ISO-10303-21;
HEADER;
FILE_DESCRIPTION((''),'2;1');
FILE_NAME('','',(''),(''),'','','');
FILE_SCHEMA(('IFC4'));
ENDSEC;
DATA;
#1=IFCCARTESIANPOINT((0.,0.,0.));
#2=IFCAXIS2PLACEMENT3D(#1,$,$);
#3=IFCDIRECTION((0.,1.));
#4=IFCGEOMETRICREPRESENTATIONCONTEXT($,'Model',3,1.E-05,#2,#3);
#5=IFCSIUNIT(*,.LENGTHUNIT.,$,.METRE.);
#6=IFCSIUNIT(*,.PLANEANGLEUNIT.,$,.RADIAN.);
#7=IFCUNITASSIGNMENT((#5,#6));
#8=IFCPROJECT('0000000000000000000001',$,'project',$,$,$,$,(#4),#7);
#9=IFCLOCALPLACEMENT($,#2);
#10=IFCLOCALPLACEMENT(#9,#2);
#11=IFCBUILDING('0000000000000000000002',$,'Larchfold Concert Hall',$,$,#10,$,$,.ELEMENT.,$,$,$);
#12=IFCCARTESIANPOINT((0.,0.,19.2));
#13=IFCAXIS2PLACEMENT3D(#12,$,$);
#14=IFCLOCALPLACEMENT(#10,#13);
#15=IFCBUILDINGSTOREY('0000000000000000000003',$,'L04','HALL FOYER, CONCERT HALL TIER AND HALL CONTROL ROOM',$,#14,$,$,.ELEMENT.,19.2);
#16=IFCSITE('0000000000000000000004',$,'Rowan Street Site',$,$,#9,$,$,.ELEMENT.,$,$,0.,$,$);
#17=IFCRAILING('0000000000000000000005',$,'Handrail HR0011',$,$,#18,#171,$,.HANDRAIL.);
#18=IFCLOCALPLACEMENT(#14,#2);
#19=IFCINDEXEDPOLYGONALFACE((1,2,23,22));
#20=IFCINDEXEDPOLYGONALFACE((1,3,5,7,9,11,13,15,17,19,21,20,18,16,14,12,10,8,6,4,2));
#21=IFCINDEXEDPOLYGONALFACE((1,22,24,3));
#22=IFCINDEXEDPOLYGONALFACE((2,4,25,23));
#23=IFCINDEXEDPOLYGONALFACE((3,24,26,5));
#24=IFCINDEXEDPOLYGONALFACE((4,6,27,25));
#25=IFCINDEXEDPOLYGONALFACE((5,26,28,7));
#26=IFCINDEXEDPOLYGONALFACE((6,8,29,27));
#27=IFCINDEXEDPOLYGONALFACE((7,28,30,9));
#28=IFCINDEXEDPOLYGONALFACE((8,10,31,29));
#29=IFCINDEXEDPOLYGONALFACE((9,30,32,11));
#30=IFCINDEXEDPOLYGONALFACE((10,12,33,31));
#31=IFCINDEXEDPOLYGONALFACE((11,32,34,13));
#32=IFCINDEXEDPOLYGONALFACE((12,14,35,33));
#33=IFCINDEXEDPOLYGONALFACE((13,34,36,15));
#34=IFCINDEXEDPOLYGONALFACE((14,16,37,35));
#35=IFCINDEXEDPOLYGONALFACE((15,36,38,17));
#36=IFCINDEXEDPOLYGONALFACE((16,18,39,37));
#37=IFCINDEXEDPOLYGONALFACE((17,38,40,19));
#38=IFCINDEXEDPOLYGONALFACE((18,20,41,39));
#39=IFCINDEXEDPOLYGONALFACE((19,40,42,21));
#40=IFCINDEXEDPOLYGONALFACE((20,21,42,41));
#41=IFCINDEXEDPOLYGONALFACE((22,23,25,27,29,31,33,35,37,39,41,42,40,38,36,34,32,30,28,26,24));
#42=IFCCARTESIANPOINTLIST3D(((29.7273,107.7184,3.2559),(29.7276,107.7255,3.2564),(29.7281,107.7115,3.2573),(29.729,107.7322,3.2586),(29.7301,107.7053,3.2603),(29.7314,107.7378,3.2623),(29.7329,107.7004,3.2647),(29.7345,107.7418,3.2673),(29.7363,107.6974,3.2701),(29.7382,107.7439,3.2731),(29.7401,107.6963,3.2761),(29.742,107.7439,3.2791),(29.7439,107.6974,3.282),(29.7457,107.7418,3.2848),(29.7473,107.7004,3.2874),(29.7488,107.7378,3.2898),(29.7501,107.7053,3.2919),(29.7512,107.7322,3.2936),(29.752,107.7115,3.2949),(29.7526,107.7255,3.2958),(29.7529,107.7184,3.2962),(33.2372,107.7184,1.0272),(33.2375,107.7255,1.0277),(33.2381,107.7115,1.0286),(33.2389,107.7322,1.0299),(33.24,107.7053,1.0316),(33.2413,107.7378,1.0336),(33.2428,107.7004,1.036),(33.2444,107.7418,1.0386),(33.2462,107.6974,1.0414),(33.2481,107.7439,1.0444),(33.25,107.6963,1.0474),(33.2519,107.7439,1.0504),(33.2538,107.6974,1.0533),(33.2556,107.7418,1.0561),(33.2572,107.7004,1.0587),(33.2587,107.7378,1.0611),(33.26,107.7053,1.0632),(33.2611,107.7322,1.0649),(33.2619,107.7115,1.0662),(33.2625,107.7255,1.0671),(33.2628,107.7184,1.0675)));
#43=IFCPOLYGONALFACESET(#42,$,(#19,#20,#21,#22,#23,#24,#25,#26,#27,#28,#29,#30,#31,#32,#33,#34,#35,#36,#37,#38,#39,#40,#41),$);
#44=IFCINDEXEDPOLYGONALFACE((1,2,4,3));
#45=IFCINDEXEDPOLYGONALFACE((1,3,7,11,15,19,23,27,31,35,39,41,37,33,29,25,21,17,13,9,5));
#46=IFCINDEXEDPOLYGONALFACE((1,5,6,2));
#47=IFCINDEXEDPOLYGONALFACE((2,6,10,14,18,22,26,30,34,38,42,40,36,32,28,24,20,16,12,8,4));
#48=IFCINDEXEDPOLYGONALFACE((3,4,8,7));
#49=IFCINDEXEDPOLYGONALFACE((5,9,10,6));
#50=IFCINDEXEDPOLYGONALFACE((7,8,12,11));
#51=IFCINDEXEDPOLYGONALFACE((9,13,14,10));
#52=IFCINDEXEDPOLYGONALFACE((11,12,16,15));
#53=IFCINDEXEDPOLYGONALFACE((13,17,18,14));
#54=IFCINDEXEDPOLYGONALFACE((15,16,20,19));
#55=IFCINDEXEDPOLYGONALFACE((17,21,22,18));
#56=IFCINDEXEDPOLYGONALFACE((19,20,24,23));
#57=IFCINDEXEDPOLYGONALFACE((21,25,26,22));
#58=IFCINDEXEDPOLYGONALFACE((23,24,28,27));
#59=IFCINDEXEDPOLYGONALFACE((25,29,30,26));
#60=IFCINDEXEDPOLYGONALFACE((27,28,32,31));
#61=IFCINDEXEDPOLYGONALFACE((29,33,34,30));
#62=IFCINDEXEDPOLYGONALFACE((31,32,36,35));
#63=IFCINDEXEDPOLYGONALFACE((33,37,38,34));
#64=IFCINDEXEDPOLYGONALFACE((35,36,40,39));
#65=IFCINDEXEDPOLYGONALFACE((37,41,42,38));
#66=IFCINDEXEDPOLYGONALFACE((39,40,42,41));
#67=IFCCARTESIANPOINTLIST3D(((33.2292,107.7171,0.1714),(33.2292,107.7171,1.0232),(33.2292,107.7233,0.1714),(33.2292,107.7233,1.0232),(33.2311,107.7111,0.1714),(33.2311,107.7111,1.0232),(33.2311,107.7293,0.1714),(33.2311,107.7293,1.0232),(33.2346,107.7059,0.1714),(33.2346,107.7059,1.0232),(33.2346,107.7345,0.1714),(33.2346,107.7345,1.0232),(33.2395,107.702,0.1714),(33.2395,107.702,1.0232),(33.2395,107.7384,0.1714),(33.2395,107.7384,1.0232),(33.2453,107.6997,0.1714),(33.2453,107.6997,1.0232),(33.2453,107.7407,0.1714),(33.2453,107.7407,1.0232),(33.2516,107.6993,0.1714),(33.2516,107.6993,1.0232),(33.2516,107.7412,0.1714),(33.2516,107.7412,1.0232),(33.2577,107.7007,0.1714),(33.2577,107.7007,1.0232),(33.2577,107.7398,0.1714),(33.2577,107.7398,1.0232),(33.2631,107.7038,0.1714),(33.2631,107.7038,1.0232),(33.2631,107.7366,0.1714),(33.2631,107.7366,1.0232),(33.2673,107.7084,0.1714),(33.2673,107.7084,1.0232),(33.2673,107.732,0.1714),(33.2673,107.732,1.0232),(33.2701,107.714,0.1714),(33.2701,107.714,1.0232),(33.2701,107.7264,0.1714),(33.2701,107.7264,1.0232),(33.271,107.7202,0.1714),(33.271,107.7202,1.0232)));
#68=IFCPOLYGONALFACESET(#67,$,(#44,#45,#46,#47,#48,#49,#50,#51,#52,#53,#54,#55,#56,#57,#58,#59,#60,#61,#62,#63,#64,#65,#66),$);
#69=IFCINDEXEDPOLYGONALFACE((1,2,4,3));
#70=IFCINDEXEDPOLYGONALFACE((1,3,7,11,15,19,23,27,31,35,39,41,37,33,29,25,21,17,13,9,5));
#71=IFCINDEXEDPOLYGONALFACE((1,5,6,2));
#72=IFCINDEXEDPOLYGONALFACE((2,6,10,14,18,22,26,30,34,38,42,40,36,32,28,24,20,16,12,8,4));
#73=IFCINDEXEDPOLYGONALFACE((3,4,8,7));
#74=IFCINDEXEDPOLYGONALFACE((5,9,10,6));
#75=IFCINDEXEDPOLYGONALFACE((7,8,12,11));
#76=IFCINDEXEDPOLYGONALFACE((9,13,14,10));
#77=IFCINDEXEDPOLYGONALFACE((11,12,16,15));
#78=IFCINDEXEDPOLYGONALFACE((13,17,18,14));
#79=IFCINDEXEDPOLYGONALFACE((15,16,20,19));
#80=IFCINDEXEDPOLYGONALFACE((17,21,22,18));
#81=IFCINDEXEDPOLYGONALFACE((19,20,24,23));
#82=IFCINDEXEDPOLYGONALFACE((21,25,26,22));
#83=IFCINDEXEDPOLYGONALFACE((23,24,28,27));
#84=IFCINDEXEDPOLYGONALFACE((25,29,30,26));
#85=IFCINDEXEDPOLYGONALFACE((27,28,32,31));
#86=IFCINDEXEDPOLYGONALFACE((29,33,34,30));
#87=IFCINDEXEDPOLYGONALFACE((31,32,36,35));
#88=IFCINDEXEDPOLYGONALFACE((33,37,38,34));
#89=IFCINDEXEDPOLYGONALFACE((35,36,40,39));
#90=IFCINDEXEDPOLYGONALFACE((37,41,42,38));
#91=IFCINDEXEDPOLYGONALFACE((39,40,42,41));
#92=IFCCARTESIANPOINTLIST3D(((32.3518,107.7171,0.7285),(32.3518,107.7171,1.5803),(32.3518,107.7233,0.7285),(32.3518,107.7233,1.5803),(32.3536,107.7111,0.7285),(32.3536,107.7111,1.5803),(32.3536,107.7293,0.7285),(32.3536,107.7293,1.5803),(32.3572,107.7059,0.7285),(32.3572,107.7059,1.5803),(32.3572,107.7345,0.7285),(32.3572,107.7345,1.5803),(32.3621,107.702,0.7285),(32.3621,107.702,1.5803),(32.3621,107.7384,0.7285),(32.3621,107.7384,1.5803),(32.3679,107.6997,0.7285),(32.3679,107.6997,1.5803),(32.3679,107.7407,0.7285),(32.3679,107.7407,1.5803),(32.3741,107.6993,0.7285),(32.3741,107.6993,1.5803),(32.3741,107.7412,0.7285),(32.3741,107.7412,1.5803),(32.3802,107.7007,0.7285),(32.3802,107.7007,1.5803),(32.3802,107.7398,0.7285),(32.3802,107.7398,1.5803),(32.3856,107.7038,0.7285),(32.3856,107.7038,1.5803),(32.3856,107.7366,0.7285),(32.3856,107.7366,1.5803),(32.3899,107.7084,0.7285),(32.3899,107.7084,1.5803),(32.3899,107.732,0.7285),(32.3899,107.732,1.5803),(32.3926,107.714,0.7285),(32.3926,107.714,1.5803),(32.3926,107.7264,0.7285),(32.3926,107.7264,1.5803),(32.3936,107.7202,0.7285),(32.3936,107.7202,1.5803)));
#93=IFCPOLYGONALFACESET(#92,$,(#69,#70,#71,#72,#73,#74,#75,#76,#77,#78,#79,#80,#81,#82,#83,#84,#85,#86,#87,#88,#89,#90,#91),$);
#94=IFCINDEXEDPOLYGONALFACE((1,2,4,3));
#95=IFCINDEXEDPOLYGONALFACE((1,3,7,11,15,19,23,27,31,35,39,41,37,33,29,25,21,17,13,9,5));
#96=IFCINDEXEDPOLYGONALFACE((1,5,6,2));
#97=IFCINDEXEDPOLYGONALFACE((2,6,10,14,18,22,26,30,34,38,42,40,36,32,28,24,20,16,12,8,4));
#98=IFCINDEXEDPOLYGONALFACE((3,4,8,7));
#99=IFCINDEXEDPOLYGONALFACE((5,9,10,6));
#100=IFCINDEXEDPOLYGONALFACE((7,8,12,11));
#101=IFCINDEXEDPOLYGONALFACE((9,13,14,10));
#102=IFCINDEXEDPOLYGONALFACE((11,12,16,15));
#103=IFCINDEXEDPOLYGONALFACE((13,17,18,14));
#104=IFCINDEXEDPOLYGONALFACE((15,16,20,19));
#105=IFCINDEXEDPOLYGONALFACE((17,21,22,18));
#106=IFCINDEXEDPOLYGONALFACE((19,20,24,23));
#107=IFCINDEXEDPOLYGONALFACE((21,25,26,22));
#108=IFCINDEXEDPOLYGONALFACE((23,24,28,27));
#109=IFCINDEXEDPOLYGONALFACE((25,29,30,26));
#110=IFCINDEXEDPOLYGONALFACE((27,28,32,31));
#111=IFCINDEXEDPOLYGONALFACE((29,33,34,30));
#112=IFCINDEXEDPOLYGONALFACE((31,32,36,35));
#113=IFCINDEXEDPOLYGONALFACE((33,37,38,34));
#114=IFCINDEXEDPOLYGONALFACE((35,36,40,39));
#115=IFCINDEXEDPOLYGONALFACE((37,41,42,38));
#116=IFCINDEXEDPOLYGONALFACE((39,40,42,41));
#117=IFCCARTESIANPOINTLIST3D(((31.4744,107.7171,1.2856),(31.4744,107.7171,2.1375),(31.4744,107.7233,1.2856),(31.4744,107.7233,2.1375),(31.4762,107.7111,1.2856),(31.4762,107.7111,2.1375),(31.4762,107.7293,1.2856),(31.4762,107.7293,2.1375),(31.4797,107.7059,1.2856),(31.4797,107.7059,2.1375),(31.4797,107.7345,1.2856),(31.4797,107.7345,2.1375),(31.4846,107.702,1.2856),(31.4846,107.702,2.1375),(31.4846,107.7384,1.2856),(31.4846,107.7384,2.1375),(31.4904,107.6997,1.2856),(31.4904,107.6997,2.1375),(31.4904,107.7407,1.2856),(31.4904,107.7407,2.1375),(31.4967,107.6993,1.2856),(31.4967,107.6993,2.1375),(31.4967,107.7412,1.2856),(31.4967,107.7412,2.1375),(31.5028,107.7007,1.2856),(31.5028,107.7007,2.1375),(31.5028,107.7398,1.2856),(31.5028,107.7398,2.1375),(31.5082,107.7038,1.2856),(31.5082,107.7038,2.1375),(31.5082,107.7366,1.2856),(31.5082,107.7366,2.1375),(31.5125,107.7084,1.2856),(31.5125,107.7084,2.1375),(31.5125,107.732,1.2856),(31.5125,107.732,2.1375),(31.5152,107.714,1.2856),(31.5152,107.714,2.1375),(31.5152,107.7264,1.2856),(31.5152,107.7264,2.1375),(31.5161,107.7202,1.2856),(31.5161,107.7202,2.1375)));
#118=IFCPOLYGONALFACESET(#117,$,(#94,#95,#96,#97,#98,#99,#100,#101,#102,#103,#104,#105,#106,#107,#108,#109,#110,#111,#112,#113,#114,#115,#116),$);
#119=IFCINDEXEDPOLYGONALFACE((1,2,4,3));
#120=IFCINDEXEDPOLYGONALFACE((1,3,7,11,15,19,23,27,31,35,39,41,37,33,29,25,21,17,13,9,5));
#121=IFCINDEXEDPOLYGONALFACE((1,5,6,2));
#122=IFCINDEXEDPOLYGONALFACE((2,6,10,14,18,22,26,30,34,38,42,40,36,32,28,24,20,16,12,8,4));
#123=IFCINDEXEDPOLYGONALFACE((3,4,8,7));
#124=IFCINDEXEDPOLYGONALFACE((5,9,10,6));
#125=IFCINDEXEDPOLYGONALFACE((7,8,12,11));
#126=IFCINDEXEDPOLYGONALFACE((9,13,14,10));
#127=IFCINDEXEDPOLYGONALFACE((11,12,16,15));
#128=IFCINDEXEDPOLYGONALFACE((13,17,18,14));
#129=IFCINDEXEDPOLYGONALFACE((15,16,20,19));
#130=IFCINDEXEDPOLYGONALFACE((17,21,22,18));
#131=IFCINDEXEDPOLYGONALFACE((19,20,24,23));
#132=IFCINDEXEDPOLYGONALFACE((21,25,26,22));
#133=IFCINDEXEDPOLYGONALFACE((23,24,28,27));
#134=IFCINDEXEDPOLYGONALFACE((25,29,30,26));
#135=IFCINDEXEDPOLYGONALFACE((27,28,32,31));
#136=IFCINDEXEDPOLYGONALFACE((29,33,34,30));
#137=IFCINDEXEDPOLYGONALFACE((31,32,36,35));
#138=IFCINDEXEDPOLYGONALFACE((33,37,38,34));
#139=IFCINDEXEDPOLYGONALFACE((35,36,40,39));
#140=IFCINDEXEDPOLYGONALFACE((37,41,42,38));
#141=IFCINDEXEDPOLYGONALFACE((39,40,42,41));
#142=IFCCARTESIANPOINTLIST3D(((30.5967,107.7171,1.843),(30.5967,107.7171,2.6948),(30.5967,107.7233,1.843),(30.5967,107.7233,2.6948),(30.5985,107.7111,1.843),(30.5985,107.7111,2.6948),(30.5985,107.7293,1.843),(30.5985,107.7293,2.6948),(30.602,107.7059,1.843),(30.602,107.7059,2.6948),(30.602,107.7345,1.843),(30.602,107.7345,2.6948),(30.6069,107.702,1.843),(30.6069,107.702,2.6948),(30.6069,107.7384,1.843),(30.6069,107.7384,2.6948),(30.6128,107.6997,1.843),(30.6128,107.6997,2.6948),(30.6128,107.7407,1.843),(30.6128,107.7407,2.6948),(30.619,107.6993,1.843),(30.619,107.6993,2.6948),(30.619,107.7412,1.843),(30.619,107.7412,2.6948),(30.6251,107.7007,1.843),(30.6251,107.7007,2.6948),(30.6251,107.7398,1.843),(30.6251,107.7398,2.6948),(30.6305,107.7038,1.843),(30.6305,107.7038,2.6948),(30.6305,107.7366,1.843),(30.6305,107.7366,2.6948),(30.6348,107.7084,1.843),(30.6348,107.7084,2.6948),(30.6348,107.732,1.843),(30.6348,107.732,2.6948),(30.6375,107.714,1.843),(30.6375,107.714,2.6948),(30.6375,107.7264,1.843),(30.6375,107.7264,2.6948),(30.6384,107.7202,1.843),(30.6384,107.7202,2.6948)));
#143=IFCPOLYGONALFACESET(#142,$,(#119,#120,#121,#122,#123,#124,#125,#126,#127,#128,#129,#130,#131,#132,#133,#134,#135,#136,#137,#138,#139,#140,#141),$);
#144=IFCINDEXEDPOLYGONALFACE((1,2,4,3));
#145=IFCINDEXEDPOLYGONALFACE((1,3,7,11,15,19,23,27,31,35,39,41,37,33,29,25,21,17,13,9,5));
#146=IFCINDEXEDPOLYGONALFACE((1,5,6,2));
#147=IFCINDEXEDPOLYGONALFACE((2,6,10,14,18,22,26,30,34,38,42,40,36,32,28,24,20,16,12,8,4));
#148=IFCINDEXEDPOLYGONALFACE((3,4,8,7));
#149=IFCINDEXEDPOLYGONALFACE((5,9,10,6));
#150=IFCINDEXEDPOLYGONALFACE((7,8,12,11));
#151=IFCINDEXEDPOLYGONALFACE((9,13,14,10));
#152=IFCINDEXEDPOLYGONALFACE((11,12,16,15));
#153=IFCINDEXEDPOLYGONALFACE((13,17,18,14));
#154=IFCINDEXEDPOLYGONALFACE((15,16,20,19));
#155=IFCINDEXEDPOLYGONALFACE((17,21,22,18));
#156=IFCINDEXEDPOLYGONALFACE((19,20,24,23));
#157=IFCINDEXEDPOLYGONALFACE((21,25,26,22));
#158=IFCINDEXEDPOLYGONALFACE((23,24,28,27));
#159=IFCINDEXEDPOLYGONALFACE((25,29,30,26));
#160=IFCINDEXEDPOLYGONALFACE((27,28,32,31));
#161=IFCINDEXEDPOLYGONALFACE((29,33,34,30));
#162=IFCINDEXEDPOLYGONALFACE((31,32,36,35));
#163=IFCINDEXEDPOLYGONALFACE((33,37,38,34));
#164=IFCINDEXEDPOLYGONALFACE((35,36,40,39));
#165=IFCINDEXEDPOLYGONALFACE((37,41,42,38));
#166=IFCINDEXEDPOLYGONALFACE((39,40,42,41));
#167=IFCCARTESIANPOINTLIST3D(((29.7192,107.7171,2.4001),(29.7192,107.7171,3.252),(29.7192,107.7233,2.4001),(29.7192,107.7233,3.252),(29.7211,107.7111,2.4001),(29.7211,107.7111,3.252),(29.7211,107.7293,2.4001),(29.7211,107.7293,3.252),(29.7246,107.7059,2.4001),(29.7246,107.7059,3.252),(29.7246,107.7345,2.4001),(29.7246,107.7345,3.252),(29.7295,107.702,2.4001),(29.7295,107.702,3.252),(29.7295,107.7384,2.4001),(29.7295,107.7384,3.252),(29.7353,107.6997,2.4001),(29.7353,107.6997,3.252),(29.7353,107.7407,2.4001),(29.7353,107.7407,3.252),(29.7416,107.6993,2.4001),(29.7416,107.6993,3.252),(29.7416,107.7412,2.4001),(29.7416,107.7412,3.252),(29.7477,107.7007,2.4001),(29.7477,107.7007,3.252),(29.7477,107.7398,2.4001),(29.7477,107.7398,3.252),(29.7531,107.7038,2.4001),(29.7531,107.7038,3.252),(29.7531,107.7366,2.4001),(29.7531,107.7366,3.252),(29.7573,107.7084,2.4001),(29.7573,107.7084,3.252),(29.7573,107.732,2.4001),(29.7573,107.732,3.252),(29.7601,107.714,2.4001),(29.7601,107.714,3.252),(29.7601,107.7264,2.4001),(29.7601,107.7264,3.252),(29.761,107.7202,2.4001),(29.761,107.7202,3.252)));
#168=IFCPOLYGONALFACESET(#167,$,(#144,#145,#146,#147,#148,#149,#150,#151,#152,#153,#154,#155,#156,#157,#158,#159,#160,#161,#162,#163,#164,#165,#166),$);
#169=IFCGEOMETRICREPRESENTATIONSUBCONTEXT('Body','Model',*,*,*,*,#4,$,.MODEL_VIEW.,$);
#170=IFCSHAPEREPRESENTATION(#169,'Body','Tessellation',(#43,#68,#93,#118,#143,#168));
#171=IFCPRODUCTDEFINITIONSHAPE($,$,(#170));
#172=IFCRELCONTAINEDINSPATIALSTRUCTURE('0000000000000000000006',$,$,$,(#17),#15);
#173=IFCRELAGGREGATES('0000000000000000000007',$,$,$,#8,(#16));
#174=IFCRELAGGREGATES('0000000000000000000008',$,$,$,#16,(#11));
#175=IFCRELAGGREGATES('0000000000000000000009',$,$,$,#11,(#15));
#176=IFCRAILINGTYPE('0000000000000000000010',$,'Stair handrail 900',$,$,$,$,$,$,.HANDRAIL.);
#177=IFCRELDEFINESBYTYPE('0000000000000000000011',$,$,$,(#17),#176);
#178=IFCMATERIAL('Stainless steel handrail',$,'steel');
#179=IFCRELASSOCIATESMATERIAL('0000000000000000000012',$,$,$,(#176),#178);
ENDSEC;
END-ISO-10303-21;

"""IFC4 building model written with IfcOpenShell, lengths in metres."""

from ifc_helpers import new_model, si_unit, direction, frame, origin, origin_2d, place, context, subcontext, project, spatial, circle, extrude, material, type_object, element, save


model = new_model("IFC4")

# Units and contexts
model_context = context("Model", 3, precision=1e-05, world=origin(), true_north=direction((0.0, 1.0)))
body_context = subcontext(model_context, "Body", "Model", "MODEL_VIEW")
ifc_project = project(units=[si_unit("LENGTHUNIT", "METRE"), si_unit("PLANEANGLEUNIT", "RADIAN")], contexts=[model_context])

# Site, building, storey
site_placement = place(None, origin())
site = spatial("IfcSite", under=ifc_project, at=site_placement, Name="Rowan Street Site", CompositionType="ELEMENT", RefElevation=0.0)
building_placement = place(site_placement, origin())
building = spatial("IfcBuilding", under=site, at=building_placement, Name="Larchfold Concert Hall", CompositionType="ELEMENT")
storey_placement = place(building_placement, frame((0.0, 0.0, 19.2)))
storey = spatial("IfcBuildingStorey", under=building, at=storey_placement, Name="L04", Description="HALL FOYER, CONCERT HALL TIER AND HALL CONTROL ROOM", CompositionType="ELEMENT", Elevation=19.2)

# Railing
ifc_material_1 = material(Name="Stainless steel handrail", Category="steel")
railing_type_1 = type_object("IfcRailingType", Name="Stair handrail 900", PredefinedType="HANDRAIL", material=ifc_material_1)
for number, where, name in (
    (1, (33.25, 107.7202, 0.1714), "Handrail HR0011"),
):
    element("IfcRailing", number, at=place(storey_placement, frame(where)), inside=storey, type_object=railing_type_1, Name=name, PredefinedType="HANDRAIL", context=body_context, shape_type="SweptSolid", body=[
        extrude(circle(Radius=0.0239, at=origin_2d()), frame((0.0, 0.0, 0.876), z_axis=(-0.844193, 0.0, 0.536039), x_axis=(0.0, -1.0, 0.0)), (0.0, 0.0, 1.0), 4.1577),
        extrude(circle(Radius=0.021, at=origin_2d()), origin(), (0.0, 0.0, 1.0), 0.8518),
        extrude(circle(Radius=0.021, at=origin_2d()), frame((-0.8774, 0.0, 0.5571)), (0.0, 0.0, 1.0), 0.8518),
        extrude(circle(Radius=0.021, at=origin_2d()), frame((-1.7549, 0.0, 1.1143)), (0.0, 0.0, 1.0), 0.8518),
        extrude(circle(Radius=0.021, at=origin_2d()), frame((-2.6326, 0.0, 1.6716)), (0.0, 0.0, 1.0), 0.8518),
        extrude(circle(Radius=0.021, at=origin_2d()), frame((-3.51, 0.0, 2.2288)), (0.0, 0.0, 1.0), 0.8518),
    ])

save(model, "model.ifc")
